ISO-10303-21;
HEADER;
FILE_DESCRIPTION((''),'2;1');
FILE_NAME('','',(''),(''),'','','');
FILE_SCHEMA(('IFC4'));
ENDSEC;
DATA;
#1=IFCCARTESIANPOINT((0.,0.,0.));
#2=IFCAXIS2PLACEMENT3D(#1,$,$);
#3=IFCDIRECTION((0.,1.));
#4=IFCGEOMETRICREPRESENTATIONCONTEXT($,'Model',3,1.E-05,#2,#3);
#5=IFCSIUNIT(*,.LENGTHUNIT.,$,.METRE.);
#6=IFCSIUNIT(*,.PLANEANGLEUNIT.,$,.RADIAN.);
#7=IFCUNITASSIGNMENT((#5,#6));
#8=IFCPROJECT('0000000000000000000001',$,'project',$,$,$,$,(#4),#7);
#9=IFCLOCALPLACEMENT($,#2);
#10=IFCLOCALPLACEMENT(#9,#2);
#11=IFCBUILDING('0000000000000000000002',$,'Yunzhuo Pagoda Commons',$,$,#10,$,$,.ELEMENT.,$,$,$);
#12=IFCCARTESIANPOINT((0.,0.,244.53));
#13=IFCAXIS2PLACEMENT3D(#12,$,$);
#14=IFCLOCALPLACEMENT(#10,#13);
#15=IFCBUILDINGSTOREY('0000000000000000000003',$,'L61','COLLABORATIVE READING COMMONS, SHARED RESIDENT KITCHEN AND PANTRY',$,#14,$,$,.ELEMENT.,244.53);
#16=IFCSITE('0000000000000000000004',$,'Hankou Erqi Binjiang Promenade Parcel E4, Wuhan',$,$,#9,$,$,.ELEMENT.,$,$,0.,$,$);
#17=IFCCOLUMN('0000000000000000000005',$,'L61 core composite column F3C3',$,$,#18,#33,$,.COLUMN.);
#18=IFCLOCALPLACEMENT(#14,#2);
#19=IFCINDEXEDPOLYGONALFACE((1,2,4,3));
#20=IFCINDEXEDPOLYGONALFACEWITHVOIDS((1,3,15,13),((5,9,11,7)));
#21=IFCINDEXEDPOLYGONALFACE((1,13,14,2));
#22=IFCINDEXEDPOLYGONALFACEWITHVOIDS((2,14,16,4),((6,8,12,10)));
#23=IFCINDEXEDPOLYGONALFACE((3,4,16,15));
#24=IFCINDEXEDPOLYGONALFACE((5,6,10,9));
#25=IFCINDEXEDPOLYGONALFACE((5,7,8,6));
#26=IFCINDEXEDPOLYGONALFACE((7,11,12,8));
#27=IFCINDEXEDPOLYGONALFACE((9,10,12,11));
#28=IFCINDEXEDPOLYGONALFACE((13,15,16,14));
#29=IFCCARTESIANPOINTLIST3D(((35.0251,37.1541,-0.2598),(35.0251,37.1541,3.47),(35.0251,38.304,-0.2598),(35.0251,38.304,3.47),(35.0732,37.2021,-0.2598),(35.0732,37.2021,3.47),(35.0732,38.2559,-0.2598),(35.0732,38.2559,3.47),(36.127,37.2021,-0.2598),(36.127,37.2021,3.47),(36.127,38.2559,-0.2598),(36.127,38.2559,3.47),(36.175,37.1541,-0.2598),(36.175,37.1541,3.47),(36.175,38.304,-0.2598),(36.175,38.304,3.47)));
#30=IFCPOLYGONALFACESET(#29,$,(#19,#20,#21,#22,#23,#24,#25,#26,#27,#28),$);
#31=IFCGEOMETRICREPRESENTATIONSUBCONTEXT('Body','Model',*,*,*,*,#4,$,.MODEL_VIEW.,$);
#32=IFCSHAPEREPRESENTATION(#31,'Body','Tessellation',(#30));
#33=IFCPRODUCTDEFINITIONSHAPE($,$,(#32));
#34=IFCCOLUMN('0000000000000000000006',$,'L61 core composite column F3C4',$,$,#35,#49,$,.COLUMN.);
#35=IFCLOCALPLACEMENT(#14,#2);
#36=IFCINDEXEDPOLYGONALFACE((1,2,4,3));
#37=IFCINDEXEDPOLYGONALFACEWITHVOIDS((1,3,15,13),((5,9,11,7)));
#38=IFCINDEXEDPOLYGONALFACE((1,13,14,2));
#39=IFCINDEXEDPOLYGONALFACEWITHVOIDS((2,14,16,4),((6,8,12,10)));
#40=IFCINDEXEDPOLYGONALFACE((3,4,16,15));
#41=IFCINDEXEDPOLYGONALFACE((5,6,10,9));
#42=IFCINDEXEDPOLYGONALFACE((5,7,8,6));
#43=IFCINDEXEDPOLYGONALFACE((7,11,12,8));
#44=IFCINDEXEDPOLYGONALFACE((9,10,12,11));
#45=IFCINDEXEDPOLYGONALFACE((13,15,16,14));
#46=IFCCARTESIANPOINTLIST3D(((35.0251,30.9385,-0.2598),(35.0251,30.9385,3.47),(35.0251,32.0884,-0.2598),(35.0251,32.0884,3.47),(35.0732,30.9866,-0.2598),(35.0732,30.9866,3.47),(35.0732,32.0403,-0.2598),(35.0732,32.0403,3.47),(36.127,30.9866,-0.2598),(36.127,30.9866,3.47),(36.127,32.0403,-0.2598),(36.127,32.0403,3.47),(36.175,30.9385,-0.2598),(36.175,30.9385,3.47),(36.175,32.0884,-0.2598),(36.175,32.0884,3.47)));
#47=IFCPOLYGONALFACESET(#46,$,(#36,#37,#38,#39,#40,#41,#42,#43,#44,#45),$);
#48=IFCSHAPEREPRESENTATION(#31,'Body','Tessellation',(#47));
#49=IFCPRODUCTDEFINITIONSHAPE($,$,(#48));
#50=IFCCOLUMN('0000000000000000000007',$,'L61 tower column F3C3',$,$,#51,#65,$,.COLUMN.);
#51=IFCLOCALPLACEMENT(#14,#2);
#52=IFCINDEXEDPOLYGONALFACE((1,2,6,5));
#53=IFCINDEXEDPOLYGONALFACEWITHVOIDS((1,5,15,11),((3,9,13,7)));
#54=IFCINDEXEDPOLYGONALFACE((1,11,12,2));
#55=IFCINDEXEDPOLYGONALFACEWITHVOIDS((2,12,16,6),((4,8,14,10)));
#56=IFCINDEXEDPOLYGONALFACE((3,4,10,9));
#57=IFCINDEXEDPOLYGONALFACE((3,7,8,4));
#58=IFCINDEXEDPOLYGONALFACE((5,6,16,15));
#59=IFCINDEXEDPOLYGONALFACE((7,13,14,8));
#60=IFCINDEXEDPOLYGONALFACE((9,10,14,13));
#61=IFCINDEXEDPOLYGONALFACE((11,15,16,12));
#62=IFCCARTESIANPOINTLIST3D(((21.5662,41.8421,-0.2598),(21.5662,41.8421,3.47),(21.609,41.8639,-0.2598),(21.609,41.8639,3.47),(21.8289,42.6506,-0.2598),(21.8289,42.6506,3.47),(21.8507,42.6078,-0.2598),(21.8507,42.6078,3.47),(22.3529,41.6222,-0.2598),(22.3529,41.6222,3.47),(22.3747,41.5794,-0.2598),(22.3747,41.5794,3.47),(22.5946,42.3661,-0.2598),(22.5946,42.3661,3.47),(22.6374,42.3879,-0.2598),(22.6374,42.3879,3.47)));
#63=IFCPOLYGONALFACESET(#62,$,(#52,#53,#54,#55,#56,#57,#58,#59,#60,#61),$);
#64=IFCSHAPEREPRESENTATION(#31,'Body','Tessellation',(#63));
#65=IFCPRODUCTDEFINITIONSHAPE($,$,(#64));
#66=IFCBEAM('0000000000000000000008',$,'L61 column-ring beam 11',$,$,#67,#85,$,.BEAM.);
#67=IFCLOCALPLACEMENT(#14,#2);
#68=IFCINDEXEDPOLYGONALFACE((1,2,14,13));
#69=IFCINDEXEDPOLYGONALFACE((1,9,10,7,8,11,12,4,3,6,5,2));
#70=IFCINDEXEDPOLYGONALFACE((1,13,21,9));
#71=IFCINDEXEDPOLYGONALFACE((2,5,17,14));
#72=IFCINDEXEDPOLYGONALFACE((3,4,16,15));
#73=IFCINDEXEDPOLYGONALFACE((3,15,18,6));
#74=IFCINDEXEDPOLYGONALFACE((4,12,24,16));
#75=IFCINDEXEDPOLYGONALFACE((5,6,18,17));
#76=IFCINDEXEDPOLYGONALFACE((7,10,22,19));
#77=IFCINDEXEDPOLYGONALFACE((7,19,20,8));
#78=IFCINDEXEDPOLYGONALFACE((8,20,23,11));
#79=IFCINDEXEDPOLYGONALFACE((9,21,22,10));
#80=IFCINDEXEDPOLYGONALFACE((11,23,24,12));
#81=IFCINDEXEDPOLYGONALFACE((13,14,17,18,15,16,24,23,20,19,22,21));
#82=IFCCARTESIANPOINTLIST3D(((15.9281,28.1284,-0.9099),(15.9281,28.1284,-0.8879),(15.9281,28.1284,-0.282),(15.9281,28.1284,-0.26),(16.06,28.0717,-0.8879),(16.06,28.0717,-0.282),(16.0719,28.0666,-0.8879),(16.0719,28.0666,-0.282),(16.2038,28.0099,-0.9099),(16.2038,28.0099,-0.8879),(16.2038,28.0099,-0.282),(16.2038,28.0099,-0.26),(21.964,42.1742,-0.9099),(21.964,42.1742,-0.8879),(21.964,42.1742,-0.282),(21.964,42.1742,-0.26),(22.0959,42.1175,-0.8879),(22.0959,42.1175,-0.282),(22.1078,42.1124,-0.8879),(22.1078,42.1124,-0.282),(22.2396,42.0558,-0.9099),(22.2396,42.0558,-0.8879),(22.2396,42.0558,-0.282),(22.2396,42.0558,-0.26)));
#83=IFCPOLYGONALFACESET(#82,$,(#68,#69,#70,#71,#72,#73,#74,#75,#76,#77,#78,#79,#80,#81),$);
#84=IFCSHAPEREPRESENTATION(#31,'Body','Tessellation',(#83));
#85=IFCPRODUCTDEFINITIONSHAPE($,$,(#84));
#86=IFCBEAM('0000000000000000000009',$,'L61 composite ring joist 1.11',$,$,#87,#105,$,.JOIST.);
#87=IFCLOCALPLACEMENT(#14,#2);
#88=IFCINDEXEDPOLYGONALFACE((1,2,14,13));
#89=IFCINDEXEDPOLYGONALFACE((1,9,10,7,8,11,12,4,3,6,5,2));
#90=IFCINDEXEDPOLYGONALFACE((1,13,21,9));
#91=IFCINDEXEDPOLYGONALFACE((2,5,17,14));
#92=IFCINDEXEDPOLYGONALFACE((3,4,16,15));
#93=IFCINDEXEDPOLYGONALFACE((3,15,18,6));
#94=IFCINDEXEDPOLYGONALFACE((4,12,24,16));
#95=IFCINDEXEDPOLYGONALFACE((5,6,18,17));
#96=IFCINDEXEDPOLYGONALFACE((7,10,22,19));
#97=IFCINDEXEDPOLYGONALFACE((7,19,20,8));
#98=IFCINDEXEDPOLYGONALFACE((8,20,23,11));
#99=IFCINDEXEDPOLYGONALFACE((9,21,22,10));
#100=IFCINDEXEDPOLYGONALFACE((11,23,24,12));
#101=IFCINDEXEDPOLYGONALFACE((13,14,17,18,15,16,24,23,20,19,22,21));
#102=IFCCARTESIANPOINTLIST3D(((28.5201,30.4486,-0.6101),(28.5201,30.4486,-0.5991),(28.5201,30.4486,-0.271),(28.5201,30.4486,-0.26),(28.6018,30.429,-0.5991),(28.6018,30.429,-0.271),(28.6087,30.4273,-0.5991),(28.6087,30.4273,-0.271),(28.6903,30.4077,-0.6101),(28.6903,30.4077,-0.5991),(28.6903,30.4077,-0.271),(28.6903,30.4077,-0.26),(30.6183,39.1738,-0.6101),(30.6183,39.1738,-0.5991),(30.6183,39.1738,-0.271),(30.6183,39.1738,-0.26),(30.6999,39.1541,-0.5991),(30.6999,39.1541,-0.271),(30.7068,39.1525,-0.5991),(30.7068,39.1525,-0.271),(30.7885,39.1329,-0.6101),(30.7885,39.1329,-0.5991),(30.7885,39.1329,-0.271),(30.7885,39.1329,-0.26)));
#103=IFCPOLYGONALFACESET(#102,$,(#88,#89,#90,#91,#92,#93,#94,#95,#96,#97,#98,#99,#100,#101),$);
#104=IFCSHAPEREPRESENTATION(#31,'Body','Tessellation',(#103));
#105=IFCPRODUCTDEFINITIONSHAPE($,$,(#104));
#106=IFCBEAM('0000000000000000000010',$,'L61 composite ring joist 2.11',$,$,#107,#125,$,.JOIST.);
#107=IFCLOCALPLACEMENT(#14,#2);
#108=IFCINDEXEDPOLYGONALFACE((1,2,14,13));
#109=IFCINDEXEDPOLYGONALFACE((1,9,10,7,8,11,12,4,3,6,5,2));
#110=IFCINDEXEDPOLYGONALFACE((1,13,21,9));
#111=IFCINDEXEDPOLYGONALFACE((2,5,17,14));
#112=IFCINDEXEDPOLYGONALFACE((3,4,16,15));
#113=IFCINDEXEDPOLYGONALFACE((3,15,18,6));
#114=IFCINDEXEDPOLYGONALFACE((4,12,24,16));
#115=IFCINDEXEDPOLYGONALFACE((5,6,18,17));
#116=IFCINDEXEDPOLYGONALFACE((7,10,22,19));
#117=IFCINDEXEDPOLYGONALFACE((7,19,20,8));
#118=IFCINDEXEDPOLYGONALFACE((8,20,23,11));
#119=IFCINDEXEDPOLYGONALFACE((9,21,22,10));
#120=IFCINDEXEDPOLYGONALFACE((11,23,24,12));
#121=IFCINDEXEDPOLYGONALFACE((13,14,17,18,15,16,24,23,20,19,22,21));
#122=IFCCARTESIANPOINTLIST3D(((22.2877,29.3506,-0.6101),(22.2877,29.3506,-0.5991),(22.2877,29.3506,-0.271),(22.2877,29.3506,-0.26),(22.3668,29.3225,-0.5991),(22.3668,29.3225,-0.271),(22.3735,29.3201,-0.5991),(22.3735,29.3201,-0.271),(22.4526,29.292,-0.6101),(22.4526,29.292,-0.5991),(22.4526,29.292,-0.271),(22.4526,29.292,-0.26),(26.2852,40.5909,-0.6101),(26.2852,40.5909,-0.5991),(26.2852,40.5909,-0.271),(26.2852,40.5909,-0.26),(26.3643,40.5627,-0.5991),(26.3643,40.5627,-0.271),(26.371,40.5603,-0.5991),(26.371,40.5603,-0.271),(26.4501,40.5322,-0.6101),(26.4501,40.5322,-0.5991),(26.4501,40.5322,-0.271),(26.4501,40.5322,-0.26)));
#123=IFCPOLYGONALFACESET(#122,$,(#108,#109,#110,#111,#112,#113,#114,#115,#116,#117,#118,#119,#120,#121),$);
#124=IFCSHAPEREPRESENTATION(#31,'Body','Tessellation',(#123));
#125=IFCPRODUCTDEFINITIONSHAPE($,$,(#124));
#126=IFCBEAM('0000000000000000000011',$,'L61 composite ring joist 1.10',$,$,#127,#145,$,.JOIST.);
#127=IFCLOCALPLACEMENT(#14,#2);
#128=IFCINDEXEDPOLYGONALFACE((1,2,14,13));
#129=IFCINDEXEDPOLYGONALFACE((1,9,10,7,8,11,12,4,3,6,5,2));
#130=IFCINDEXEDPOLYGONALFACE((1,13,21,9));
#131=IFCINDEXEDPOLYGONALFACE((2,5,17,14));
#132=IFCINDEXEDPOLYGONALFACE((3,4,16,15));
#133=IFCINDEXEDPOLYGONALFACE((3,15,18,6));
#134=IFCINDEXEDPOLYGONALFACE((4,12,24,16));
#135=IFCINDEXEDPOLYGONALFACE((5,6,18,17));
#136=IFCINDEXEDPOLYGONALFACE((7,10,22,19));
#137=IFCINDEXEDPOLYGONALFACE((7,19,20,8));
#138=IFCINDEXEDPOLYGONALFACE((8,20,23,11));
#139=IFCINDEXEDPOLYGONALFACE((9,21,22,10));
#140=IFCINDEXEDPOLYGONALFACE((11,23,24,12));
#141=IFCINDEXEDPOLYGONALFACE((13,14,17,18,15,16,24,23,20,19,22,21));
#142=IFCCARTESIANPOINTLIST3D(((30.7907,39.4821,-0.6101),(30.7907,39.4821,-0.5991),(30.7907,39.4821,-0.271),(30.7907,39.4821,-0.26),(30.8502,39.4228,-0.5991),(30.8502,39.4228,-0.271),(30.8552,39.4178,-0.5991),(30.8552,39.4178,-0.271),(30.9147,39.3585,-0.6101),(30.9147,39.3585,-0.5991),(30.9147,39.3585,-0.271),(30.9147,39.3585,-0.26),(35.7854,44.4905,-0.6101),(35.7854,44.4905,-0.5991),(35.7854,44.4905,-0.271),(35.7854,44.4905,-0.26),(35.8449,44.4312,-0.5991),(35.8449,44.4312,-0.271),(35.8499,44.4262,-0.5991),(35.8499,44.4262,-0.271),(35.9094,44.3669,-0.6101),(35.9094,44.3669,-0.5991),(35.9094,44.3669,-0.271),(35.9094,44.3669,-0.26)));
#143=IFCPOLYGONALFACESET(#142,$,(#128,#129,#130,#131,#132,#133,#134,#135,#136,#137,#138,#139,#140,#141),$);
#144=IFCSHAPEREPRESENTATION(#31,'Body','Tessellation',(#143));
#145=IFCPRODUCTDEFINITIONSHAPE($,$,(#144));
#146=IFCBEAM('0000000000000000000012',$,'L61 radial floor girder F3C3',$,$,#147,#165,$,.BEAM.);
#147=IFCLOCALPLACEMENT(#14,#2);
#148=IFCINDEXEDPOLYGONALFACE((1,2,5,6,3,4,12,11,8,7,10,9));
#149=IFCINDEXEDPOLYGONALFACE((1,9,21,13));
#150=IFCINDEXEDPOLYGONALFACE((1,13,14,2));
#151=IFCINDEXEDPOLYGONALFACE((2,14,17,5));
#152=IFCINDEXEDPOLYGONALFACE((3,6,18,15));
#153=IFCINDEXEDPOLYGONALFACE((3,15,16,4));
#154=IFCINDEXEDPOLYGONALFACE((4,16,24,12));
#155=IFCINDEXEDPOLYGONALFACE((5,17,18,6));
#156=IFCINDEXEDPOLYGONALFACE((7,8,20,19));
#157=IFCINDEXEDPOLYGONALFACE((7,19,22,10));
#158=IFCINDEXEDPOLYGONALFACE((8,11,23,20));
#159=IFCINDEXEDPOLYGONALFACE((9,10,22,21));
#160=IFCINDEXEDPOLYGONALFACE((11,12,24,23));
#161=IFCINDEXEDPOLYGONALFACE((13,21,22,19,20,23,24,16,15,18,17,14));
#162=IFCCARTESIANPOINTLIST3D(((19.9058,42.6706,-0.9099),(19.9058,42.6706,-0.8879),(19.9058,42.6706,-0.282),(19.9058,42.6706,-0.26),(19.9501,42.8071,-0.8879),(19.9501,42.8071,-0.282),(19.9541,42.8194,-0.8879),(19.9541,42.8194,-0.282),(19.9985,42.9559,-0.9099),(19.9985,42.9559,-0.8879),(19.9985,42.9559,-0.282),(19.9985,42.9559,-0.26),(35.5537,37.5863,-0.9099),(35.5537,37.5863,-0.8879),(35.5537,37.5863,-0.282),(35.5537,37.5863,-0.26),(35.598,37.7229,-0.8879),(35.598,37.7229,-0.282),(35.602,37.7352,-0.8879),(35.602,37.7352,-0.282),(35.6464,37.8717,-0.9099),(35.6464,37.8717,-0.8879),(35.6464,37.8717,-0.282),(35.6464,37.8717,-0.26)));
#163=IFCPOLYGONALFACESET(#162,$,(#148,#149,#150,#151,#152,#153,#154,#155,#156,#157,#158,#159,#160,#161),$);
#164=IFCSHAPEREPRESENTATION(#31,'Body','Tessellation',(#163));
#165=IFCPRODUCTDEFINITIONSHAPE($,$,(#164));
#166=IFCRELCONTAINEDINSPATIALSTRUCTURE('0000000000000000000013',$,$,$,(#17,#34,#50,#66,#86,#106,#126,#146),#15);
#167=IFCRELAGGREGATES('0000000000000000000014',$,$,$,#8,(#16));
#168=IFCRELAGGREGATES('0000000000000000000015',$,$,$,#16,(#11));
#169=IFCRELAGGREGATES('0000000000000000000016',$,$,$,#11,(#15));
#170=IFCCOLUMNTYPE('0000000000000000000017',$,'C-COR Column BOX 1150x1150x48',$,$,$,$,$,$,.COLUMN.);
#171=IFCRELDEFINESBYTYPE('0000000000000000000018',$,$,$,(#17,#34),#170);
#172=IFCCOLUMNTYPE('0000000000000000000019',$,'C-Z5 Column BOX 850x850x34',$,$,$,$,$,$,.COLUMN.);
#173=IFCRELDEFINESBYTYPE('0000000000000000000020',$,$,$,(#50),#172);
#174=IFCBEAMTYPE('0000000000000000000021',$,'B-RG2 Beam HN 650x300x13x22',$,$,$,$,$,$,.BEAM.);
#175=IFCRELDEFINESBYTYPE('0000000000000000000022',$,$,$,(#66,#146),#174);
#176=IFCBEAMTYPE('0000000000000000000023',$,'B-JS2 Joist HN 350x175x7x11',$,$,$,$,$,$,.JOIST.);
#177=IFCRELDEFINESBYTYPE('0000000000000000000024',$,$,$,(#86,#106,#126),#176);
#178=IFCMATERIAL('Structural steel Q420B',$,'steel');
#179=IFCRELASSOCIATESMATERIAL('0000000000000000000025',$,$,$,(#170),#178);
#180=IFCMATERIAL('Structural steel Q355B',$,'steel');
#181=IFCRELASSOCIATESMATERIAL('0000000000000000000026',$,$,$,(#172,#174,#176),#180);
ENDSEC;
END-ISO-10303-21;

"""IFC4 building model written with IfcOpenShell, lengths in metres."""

from ifc_helpers import new_model, si_unit, direction, frame, origin, origin_2d, place, context, subcontext, project, spatial, hollow_rectangle, i_section, extrude, source, transform, mapped, material, material_profile, profile_set, type_object, element, save


model = new_model("IFC4")

# Units and contexts
model_context = context("Model", 3, precision=1e-05, world=origin(), true_north=direction((0.0, 1.0)))
body_context = subcontext(model_context, "Body", "Model", "MODEL_VIEW")
ifc_project = project(units=[si_unit("LENGTHUNIT", "METRE"), si_unit("PLANEANGLEUNIT", "RADIAN")], contexts=[model_context])

# Site, building, storey
site_placement = place(None, origin())
site = spatial("IfcSite", under=ifc_project, at=site_placement, Name="Hankou Erqi Binjiang Promenade Parcel E4, Wuhan", CompositionType="ELEMENT", RefElevation=0.0)
building_placement = place(site_placement, origin())
building = spatial("IfcBuilding", under=site, at=building_placement, Name="Yunzhuo Pagoda Commons", CompositionType="ELEMENT")
storey_placement = place(building_placement, frame((0.0, 0.0, 244.53)))
storey = spatial("IfcBuildingStorey", under=building, at=storey_placement, Name="L61", Description="COLLABORATIVE READING COMMONS, SHARED RESIDENT KITCHEN AND PANTRY", CompositionType="ELEMENT", Elevation=244.53)

# Columns
ifc_material_1 = material(Name="Structural steel Q420B", Category="steel")
ifc_material_profile_1 = material_profile(ifc_material_1, hollow_rectangle(XDim=1.1499, YDim=1.1499, WallThickness=0.0481, at=origin_2d()), Name="Structural steel Q420B")
ifc_profile_set_1 = profile_set([ifc_material_profile_1], Name="Structural steel Q420B")
column_type_1 = type_object("IfcColumnType", Name="C-COR Column BOX 1150x1150x48", PredefinedType="COLUMN", material=ifc_profile_set_1)
shared_shape_1 = source(origin(), body_context, "Body", "SweptSolid", [
    extrude(hollow_rectangle(XDim=1.1499, YDim=1.1499, WallThickness=0.0481, at=origin_2d()), origin(), (0.0, 0.0, 1.0), 3.7297),
])
for number, where, z_axis, x_axis, name in (
    (1, (35.6001, 37.729, -0.2598), (0.0, 0.0, 1.0), (1.0, 0.0, 0.0), "L61 core composite column F3C3"),
    (2, (35.6001, 31.5134, -0.2598), (0.0, 0.0, 1.0), (1.0, 0.0, 0.0), "L61 core composite column F3C4"),
):
    element("IfcColumn", number, at=place(storey_placement, frame(where, z_axis=z_axis, x_axis=x_axis)), inside=storey, type_object=column_type_1, Name=name, PredefinedType="COLUMN", context=body_context, shape_type="MappedRepresentation", body=[
        mapped(shared_shape_1, transform((0.0, 0.0, 0.0), scale=1.0)),
    ])
ifc_material_2 = material(Name="Structural steel Q355B", Category="steel")
ifc_material_profile_2 = material_profile(ifc_material_2, hollow_rectangle(XDim=0.8501, YDim=0.8501, WallThickness=0.0339, at=origin_2d()), Name="Structural steel Q355B")
ifc_profile_set_2 = profile_set([ifc_material_profile_2], Name="Structural steel Q355B")
column_type_2 = type_object("IfcColumnType", Name="C-Z5 Column BOX 850x850x34", PredefinedType="COLUMN", material=ifc_profile_set_2)
shared_shape_2 = source(origin(), body_context, "Body", "SweptSolid", [
    extrude(hollow_rectangle(XDim=0.8501, YDim=0.8501, WallThickness=0.0339, at=origin_2d()), origin(), (0.0, 0.0, 1.0), 3.7297),
])
column_placement = place(storey_placement, frame((22.1018, 42.115, -0.2598), z_axis=(0.0, 0.0, 1.0), x_axis=(-0.309017, -0.951057, 0.0)))
element("IfcColumn", 3, at=column_placement, inside=storey, type_object=column_type_2, Name="L61 tower column F3C3", PredefinedType="COLUMN", context=body_context, shape_type="MappedRepresentation", body=[
    mapped(shared_shape_2, transform((0.0, 0.0, 0.0), scale=1.0)),
])

# Beams
ifc_material_profile_3 = material_profile(ifc_material_2, i_section(OverallWidth=0.3, OverallDepth=0.6499, WebThickness=0.0129, FlangeThickness=0.022, at=origin_2d()), Name="Structural steel Q355B")
ifc_profile_set_3 = profile_set([ifc_material_profile_3], Name="Structural steel Q355B")
beam_type_1 = type_object("IfcBeamType", Name="B-RG2 Beam HN 650x300x13x22", PredefinedType="BEAM", material=ifc_profile_set_3)
shared_shape_3 = source(origin(), body_context, "Body", "SweptSolid", [
    extrude(i_section(OverallWidth=0.3, OverallDepth=0.6499, WebThickness=0.0129, FlangeThickness=0.022, at=origin_2d()), origin(), (0.0, 0.0, 1.0), 15.2878),
])
beam_1_placement = place(storey_placement, frame((22.1018, 42.115, -0.585), z_axis=(-0.394815, -0.91876, 0.0), x_axis=(0.91876, -0.394815, 0.0)))
element("IfcBeam", 4, at=beam_1_placement, inside=storey, type_object=beam_type_1, Name="L61 column-ring beam 11", PredefinedType="BEAM", context=body_context, shape_type="MappedRepresentation", body=[
    mapped(shared_shape_3, transform((0.0, 0.0, 0.0), scale=1.0)),
])
ifc_material_profile_4 = material_profile(ifc_material_2, i_section(OverallWidth=0.175, OverallDepth=0.3501, WebThickness=0.0071, FlangeThickness=0.011, at=origin_2d()), Name="Structural steel Q355B")
ifc_profile_set_4 = profile_set([ifc_material_profile_4], Name="Structural steel Q355B")
beam_type_2 = type_object("IfcBeamType", Name="B-JS2 Joist HN 350x175x7x11", PredefinedType="JOIST", material=ifc_profile_set_4)
shared_shape_4 = source(origin(), body_context, "Body", "SweptSolid", [
    extrude(i_section(OverallWidth=0.175, OverallDepth=0.3501, WebThickness=0.0071, FlangeThickness=0.011, at=origin_2d()), origin(), (0.0, 0.0, 1.0), 8.9739),
])
beam_2_placement = place(storey_placement, frame((30.7034, 39.1533, -0.4351), z_axis=(-0.233807, -0.972283, 0.0), x_axis=(0.972283, -0.233807, 0.0)))
element("IfcBeam", 5, at=beam_2_placement, inside=storey, type_object=beam_type_2, Name="L61 composite ring joist 1.11", PredefinedType="JOIST", context=body_context, shape_type="MappedRepresentation", body=[
    mapped(shared_shape_4, transform((0.0, 0.0, 0.0), scale=1.0)),
])
shared_shape_5 = source(origin(), body_context, "Body", "SweptSolid", [
    extrude(i_section(OverallWidth=0.175, OverallDepth=0.3501, WebThickness=0.0071, FlangeThickness=0.011, at=origin_2d()), origin(), (0.0, 0.0, 1.0), 11.9299),
])
beam_3_placement = place(storey_placement, frame((26.3677, 40.5615, -0.4351), z_axis=(-0.335086, -0.942187, 0.0), x_axis=(0.942187, -0.335086, 0.0)))
element("IfcBeam", 6, at=beam_3_placement, inside=storey, type_object=beam_type_2, Name="L61 composite ring joist 2.11", PredefinedType="JOIST", context=body_context, shape_type="MappedRepresentation", body=[
    mapped(shared_shape_5, transform((0.0, 0.0, 0.0), scale=1.0)),
])
shared_shape_6 = source(origin(), body_context, "Body", "SweptSolid", [
    extrude(i_section(OverallWidth=0.175, OverallDepth=0.3501, WebThickness=0.0071, FlangeThickness=0.011, at=origin_2d()), origin(), (0.0, 0.0, 1.0), 7.0732),
])
beam_4_placement = place(storey_placement, frame((35.8474, 44.4287, -0.4351), z_axis=(-0.70614, -0.708073, 0.0), x_axis=(0.708073, -0.70614, 0.0)))
element("IfcBeam", 7, at=beam_4_placement, inside=storey, type_object=beam_type_2, Name="L61 composite ring joist 1.10", PredefinedType="JOIST", context=body_context, shape_type="MappedRepresentation", body=[
    mapped(shared_shape_6, transform((0.0, 0.0, 0.0), scale=1.0)),
])
shared_shape_7 = source(origin(), body_context, "Body", "SweptSolid", [
    extrude(i_section(OverallWidth=0.3, OverallDepth=0.6499, WebThickness=0.0129, FlangeThickness=0.022, at=origin_2d()), origin(), (0.0, 0.0, 1.0), 16.4531),
])
beam_5_placement = place(storey_placement, frame((19.9521, 42.8132, -0.585), z_axis=(0.951058, -0.309012, 0.0), x_axis=(0.309012, 0.951058, 0.0)))
element("IfcBeam", 8, at=beam_5_placement, inside=storey, type_object=beam_type_1, Name="L61 radial floor girder F3C3", PredefinedType="BEAM", context=body_context, shape_type="MappedRepresentation", body=[
    mapped(shared_shape_7, transform((0.0, 0.0, 0.0), scale=1.0)),
])

save(model, "model.ifc")
